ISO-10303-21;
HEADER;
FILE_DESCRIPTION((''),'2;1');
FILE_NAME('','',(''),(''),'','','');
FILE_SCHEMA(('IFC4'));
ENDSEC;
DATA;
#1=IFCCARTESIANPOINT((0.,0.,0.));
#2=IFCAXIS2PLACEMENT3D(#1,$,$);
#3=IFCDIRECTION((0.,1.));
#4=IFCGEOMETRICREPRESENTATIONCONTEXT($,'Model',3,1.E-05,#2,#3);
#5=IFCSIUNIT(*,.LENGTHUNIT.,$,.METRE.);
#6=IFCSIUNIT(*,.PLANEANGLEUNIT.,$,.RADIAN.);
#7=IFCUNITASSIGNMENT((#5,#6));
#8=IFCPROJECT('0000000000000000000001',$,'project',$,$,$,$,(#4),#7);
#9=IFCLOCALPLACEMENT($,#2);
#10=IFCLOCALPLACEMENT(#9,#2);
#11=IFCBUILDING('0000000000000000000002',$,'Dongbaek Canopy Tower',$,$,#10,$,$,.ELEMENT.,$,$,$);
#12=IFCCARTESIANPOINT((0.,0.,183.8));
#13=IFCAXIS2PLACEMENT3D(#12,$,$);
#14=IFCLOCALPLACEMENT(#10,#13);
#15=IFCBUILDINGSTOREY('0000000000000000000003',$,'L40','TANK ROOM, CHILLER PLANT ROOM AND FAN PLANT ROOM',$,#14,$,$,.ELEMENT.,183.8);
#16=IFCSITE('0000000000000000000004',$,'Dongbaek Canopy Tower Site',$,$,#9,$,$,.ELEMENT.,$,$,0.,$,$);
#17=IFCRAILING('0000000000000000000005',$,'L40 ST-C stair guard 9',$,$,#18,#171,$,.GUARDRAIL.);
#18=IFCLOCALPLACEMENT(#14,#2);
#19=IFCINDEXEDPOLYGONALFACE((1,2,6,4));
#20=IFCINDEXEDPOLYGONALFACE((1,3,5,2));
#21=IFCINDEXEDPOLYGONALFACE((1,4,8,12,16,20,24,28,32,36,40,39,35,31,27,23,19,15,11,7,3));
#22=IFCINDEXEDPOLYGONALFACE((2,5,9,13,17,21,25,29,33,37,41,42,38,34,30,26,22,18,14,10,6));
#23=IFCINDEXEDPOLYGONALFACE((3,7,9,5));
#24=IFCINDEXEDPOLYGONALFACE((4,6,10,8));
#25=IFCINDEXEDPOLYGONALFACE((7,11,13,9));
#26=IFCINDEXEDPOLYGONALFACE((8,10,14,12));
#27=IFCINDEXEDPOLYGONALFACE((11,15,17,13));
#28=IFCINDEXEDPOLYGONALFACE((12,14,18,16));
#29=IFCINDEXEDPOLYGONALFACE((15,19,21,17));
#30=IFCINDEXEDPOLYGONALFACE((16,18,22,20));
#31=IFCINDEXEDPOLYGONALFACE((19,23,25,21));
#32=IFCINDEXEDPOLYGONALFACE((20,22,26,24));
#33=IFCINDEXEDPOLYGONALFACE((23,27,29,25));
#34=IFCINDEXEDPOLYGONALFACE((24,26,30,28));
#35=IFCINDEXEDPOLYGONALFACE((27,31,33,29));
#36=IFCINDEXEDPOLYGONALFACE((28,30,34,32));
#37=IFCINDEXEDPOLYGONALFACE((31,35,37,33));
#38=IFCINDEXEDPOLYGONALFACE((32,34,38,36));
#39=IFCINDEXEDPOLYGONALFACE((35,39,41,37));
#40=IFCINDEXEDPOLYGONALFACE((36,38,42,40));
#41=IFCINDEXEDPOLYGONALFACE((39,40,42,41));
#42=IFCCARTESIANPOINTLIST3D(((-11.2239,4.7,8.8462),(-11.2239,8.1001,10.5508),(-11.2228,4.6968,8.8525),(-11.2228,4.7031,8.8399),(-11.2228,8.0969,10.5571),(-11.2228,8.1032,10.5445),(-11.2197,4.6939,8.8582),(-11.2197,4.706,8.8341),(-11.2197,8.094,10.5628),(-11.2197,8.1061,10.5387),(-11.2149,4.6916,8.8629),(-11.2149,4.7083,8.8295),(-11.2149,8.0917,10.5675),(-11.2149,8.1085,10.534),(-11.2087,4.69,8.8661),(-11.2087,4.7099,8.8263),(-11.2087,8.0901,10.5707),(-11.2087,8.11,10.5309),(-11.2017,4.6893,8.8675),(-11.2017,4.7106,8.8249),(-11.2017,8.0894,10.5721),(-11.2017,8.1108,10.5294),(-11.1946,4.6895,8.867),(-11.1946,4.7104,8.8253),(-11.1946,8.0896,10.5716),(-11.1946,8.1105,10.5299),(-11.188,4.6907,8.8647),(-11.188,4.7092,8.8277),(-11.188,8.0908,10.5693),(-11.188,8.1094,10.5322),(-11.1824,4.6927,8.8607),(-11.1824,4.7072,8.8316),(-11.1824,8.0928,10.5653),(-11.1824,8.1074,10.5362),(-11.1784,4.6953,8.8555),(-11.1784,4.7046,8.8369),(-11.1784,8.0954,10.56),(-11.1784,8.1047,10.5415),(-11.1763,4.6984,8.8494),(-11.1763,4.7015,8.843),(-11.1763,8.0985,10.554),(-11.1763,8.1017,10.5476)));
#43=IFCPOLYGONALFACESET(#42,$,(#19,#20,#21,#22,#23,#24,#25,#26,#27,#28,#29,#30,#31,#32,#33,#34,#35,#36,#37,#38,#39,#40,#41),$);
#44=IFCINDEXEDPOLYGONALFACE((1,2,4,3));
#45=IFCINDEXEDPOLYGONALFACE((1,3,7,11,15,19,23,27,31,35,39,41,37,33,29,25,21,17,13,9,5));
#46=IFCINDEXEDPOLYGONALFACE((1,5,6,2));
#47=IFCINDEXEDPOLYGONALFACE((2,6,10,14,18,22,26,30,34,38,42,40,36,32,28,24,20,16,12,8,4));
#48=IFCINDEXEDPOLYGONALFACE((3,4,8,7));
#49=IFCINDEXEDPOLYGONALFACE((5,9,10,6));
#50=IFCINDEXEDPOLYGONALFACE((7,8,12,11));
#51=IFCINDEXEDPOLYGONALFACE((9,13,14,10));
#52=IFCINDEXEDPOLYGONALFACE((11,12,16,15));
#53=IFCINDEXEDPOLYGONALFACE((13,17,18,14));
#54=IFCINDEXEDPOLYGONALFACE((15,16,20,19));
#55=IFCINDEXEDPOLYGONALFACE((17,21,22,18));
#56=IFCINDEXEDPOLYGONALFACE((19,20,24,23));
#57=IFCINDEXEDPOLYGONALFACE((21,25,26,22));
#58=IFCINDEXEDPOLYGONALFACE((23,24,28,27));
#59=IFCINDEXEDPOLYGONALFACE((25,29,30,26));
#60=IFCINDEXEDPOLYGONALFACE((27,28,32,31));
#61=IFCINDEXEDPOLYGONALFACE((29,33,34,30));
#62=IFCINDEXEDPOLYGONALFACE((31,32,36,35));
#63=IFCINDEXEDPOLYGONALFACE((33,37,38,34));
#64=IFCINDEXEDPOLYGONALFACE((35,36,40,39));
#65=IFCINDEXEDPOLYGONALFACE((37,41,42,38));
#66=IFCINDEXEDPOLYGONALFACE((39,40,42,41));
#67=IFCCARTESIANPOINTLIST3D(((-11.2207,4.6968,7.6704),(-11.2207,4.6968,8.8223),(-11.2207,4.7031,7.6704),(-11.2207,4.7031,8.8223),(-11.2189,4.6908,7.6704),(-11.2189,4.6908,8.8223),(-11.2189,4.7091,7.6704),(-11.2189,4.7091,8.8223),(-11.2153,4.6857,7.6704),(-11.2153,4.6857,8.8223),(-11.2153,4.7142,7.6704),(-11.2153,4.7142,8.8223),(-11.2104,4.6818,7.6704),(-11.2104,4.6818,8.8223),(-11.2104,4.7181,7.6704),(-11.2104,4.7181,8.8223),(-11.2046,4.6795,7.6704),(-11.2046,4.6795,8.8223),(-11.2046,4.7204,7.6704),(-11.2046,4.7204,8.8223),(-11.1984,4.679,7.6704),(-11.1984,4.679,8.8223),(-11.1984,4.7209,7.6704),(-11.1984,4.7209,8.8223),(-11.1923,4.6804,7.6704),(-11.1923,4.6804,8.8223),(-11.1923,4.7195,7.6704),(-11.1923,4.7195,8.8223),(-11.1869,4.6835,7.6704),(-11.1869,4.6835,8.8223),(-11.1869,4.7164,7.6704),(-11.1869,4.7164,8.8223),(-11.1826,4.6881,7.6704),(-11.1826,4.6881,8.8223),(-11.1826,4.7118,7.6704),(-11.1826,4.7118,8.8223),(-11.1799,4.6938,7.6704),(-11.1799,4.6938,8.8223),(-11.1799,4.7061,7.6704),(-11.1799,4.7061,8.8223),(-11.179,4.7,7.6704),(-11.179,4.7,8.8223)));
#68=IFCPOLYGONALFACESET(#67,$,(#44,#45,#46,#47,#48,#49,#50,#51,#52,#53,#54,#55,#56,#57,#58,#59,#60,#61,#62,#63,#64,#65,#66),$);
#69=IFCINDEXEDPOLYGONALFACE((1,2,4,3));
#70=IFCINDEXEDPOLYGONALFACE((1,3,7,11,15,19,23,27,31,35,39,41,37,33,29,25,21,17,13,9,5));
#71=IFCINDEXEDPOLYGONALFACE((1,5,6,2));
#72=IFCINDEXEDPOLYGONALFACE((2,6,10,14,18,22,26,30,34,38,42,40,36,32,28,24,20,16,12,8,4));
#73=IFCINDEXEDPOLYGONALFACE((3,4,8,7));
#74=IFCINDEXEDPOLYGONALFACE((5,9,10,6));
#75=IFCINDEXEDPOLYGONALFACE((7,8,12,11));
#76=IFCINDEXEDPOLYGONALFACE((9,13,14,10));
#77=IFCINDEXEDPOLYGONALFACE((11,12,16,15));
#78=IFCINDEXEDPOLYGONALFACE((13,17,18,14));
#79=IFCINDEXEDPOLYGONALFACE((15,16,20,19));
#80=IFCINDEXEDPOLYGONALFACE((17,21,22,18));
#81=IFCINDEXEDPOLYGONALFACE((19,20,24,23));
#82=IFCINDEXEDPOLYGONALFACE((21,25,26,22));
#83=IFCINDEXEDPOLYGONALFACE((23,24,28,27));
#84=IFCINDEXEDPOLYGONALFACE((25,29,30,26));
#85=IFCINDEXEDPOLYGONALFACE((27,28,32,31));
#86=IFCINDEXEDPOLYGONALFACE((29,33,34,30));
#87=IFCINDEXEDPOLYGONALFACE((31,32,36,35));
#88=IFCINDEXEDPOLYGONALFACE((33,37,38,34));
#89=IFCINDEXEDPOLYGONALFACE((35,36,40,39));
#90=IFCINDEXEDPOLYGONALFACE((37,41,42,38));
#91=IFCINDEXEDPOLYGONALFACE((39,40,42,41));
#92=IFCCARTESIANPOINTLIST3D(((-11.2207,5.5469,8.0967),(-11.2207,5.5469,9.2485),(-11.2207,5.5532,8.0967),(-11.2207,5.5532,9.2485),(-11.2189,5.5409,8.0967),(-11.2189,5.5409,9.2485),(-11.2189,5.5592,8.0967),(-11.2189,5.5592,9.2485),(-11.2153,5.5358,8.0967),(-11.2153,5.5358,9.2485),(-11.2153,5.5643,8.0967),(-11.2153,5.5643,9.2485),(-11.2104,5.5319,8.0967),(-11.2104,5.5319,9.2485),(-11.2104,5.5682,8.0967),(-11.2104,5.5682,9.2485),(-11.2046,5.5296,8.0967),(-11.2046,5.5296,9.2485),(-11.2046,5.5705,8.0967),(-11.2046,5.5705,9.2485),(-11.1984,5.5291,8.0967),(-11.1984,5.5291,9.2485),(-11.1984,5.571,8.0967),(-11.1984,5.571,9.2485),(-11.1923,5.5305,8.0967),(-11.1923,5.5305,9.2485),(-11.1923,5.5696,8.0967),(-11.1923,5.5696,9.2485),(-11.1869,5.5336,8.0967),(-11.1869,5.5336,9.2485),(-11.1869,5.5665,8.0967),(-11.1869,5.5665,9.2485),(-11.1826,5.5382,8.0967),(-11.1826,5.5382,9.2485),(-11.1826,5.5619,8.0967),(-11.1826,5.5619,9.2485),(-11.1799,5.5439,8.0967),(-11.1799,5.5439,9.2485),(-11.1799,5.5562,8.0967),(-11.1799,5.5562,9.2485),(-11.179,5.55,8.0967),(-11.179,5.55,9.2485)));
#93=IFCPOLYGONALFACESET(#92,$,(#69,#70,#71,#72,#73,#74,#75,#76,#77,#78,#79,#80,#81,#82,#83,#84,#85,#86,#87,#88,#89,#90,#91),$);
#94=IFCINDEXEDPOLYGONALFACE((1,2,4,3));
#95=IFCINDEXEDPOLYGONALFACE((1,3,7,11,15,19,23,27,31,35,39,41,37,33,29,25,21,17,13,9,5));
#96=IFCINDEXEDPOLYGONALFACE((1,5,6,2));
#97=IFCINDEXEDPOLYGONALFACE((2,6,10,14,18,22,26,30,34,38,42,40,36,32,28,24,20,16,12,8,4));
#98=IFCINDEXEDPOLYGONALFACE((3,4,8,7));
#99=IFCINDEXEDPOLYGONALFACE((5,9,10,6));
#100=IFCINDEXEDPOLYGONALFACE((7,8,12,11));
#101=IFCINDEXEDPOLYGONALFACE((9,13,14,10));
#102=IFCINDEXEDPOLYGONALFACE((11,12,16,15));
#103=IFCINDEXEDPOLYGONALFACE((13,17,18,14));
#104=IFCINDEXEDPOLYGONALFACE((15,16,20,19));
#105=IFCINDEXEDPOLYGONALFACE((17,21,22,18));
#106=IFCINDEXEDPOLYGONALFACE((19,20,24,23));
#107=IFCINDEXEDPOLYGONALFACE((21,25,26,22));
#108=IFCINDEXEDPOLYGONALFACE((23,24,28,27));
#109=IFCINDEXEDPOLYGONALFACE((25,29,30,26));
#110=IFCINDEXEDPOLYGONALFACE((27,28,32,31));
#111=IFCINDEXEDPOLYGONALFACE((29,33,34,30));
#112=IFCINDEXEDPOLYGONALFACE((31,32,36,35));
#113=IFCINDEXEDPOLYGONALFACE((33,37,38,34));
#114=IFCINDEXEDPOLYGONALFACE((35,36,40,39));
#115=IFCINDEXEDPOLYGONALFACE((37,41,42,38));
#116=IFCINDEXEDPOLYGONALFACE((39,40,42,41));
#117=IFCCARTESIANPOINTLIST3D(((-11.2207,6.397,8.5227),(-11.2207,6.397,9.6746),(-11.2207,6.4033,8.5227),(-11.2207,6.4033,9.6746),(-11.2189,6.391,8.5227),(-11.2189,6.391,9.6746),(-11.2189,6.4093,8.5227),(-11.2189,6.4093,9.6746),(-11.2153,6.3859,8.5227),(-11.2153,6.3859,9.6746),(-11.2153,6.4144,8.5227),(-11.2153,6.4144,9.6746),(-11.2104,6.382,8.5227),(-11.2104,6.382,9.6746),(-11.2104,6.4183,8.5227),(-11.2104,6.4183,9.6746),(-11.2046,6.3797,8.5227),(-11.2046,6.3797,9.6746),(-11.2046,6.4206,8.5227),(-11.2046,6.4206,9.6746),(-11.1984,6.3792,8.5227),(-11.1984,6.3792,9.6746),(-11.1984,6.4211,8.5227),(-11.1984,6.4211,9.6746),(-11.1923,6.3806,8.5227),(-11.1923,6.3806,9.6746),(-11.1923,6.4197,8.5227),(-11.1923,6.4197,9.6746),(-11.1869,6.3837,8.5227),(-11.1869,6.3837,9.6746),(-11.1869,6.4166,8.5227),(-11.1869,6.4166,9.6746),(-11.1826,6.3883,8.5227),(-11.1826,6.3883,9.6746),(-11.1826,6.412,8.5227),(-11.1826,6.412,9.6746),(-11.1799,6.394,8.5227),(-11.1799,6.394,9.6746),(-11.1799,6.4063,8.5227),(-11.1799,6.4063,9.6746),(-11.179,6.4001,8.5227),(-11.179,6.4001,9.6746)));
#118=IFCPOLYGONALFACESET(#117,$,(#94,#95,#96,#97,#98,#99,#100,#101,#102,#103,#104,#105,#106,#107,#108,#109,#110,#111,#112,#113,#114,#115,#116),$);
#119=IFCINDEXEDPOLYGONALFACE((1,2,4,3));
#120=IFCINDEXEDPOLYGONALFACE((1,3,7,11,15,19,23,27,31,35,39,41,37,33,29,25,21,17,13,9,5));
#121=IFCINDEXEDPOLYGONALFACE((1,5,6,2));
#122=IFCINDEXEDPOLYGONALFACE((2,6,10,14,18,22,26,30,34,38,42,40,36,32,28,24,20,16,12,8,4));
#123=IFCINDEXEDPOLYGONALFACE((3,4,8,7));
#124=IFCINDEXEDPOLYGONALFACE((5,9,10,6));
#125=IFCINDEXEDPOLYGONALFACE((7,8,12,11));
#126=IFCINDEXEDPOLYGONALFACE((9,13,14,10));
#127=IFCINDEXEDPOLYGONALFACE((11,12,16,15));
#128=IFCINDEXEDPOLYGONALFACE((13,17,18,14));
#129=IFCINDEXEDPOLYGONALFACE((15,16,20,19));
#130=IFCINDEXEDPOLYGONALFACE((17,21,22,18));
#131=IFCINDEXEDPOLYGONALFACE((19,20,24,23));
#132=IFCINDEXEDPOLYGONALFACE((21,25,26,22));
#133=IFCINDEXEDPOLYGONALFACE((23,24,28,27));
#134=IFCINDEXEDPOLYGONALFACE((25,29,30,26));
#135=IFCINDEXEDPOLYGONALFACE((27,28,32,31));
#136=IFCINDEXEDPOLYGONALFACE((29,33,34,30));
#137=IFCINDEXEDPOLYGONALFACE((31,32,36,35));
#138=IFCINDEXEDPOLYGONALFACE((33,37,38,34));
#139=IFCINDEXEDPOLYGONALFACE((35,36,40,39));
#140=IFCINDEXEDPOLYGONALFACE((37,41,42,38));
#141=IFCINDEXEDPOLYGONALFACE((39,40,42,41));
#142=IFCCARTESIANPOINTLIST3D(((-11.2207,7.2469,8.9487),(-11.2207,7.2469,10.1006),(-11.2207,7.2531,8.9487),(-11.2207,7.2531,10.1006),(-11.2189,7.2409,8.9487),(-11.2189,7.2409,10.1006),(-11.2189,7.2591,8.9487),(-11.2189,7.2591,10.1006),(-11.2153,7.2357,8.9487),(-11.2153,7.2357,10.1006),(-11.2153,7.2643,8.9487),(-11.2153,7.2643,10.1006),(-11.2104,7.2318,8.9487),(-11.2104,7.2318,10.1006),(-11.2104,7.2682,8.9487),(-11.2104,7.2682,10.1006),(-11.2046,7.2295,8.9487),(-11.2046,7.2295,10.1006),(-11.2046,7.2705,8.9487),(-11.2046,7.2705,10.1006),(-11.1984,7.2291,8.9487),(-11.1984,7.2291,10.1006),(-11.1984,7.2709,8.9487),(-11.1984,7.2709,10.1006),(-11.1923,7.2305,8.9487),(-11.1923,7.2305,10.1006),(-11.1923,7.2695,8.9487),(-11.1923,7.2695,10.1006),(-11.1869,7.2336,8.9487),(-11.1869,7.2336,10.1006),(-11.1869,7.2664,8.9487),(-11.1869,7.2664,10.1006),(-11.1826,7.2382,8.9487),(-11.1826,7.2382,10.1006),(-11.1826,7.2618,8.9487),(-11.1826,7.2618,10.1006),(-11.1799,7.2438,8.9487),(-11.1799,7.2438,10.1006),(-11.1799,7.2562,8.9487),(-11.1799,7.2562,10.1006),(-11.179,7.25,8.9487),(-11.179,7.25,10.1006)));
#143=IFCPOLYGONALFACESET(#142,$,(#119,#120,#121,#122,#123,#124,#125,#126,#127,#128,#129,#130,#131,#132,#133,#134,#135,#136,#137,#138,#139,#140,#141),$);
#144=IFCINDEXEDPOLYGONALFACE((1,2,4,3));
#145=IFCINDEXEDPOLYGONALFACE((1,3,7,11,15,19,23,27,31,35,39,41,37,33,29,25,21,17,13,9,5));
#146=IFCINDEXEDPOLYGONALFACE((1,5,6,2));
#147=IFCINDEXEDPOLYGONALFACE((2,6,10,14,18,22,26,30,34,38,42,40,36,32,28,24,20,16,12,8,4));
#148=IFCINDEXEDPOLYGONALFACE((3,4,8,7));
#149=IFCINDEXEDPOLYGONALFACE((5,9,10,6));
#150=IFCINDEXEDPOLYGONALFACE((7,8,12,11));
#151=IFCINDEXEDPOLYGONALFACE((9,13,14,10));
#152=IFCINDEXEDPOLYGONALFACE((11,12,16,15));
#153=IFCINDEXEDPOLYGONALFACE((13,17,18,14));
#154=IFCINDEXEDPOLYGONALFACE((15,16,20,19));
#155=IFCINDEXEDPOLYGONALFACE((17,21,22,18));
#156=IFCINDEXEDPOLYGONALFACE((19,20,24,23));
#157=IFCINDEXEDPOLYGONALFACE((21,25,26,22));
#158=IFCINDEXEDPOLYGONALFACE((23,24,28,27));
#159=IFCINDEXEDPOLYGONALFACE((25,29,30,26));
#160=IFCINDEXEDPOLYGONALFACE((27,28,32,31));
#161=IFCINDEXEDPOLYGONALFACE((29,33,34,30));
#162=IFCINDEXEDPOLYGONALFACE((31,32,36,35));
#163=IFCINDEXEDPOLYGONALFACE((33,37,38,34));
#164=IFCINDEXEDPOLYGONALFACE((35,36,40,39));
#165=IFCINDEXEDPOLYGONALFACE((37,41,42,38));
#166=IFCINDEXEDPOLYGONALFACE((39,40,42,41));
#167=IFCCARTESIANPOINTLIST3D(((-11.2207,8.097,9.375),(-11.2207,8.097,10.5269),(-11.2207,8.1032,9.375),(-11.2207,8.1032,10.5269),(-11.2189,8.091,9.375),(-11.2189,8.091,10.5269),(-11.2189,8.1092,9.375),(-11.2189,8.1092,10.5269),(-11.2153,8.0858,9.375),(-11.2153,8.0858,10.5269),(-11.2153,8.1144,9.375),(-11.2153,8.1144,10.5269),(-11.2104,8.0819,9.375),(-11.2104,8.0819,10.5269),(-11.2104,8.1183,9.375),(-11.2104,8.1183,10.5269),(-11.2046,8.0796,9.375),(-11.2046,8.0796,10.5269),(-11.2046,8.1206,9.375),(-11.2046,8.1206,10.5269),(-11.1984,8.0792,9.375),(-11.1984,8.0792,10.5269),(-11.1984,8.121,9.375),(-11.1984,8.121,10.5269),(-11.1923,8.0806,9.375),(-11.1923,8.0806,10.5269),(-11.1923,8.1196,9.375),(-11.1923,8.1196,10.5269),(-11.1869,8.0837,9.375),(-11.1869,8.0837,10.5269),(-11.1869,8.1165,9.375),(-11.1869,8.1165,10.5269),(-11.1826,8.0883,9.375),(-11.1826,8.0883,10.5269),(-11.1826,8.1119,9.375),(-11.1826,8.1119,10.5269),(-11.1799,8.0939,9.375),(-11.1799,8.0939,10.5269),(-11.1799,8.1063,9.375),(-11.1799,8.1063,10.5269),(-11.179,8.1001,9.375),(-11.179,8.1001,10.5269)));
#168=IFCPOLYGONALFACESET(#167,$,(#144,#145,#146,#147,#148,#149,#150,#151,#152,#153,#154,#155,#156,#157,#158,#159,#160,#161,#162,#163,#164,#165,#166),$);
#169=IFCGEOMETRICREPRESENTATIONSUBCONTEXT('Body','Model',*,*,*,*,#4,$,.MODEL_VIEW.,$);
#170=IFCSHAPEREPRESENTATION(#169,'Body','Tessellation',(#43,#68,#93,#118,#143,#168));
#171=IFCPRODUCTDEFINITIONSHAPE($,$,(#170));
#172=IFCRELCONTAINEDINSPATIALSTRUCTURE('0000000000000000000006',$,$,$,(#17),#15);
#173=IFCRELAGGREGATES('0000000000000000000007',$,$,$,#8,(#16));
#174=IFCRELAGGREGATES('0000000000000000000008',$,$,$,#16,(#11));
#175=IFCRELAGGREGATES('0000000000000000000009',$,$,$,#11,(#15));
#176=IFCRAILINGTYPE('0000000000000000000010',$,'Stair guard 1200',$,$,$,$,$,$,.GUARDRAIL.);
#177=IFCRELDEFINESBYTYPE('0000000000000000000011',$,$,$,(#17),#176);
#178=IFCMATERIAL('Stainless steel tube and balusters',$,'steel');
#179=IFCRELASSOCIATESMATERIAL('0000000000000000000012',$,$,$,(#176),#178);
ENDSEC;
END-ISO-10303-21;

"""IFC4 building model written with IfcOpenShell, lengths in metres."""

from ifc_helpers import new_model, si_unit, direction, frame, origin, origin_2d, place, context, subcontext, project, spatial, circle, extrude, material, type_object, element, save


model = new_model("IFC4")

# Units and contexts
model_context = context("Model", 3, precision=1e-05, world=origin(), true_north=direction((0.0, 1.0)))
body_context = subcontext(model_context, "Body", "Model", "MODEL_VIEW")
ifc_project = project(units=[si_unit("LENGTHUNIT", "METRE"), si_unit("PLANEANGLEUNIT", "RADIAN")], contexts=[model_context])

# Site, building, storey
site_placement = place(None, origin())
site = spatial("IfcSite", under=ifc_project, at=site_placement, Name="Dongbaek Canopy Tower Site", CompositionType="ELEMENT", RefElevation=0.0)
building_placement = place(site_placement, origin())
building = spatial("IfcBuilding", under=site, at=building_placement, Name="Dongbaek Canopy Tower", CompositionType="ELEMENT")
storey_placement = place(building_placement, frame((0.0, 0.0, 183.8)))
storey = spatial("IfcBuildingStorey", under=building, at=storey_placement, Name="L40", Description="TANK ROOM, CHILLER PLANT ROOM AND FAN PLANT ROOM", CompositionType="ELEMENT", Elevation=183.8)

# Railing
ifc_material_1 = material(Name="Stainless steel tube and balusters", Category="steel")
railing_type_1 = type_object("IfcRailingType", Name="Stair guard 1200", PredefinedType="GUARDRAIL", material=ifc_material_1)
railing_1_placement = place(storey_placement, frame((-11.2, 4.7, 7.6704)))
element("IfcRailing", 1, at=railing_1_placement, inside=storey, type_object=railing_type_1, Name="L40 ST-C stair guard 9", PredefinedType="GUARDRAIL", context=body_context, shape_type="SweptSolid", body=[
    extrude(circle(Radius=0.0239, at=origin_2d()), frame((0.0, 0.0, 1.1758), z_axis=(0.0, 0.893952, 0.448163), x_axis=(-1.0, 0.0, 0.0)), (0.0, 0.0, 1.0), 3.8035),
    extrude(circle(Radius=0.021, at=origin_2d()), origin(), (0.0, 0.0, 1.0), 1.1519),
    extrude(circle(Radius=0.021, at=origin_2d()), frame((0.0, 0.8501, 0.4263)), (0.0, 0.0, 1.0), 1.1519),
    extrude(circle(Radius=0.021, at=origin_2d()), frame((0.0, 1.7002, 0.8523)), (0.0, 0.0, 1.0), 1.1519),
    extrude(circle(Radius=0.021, at=origin_2d()), frame((0.0, 2.55, 1.2783)), (0.0, 0.0, 1.0), 1.1519),
    extrude(circle(Radius=0.021, at=origin_2d()), frame((0.0, 3.4001, 1.7046)), (0.0, 0.0, 1.0), 1.1519),
])

save(model, "model.ifc")
